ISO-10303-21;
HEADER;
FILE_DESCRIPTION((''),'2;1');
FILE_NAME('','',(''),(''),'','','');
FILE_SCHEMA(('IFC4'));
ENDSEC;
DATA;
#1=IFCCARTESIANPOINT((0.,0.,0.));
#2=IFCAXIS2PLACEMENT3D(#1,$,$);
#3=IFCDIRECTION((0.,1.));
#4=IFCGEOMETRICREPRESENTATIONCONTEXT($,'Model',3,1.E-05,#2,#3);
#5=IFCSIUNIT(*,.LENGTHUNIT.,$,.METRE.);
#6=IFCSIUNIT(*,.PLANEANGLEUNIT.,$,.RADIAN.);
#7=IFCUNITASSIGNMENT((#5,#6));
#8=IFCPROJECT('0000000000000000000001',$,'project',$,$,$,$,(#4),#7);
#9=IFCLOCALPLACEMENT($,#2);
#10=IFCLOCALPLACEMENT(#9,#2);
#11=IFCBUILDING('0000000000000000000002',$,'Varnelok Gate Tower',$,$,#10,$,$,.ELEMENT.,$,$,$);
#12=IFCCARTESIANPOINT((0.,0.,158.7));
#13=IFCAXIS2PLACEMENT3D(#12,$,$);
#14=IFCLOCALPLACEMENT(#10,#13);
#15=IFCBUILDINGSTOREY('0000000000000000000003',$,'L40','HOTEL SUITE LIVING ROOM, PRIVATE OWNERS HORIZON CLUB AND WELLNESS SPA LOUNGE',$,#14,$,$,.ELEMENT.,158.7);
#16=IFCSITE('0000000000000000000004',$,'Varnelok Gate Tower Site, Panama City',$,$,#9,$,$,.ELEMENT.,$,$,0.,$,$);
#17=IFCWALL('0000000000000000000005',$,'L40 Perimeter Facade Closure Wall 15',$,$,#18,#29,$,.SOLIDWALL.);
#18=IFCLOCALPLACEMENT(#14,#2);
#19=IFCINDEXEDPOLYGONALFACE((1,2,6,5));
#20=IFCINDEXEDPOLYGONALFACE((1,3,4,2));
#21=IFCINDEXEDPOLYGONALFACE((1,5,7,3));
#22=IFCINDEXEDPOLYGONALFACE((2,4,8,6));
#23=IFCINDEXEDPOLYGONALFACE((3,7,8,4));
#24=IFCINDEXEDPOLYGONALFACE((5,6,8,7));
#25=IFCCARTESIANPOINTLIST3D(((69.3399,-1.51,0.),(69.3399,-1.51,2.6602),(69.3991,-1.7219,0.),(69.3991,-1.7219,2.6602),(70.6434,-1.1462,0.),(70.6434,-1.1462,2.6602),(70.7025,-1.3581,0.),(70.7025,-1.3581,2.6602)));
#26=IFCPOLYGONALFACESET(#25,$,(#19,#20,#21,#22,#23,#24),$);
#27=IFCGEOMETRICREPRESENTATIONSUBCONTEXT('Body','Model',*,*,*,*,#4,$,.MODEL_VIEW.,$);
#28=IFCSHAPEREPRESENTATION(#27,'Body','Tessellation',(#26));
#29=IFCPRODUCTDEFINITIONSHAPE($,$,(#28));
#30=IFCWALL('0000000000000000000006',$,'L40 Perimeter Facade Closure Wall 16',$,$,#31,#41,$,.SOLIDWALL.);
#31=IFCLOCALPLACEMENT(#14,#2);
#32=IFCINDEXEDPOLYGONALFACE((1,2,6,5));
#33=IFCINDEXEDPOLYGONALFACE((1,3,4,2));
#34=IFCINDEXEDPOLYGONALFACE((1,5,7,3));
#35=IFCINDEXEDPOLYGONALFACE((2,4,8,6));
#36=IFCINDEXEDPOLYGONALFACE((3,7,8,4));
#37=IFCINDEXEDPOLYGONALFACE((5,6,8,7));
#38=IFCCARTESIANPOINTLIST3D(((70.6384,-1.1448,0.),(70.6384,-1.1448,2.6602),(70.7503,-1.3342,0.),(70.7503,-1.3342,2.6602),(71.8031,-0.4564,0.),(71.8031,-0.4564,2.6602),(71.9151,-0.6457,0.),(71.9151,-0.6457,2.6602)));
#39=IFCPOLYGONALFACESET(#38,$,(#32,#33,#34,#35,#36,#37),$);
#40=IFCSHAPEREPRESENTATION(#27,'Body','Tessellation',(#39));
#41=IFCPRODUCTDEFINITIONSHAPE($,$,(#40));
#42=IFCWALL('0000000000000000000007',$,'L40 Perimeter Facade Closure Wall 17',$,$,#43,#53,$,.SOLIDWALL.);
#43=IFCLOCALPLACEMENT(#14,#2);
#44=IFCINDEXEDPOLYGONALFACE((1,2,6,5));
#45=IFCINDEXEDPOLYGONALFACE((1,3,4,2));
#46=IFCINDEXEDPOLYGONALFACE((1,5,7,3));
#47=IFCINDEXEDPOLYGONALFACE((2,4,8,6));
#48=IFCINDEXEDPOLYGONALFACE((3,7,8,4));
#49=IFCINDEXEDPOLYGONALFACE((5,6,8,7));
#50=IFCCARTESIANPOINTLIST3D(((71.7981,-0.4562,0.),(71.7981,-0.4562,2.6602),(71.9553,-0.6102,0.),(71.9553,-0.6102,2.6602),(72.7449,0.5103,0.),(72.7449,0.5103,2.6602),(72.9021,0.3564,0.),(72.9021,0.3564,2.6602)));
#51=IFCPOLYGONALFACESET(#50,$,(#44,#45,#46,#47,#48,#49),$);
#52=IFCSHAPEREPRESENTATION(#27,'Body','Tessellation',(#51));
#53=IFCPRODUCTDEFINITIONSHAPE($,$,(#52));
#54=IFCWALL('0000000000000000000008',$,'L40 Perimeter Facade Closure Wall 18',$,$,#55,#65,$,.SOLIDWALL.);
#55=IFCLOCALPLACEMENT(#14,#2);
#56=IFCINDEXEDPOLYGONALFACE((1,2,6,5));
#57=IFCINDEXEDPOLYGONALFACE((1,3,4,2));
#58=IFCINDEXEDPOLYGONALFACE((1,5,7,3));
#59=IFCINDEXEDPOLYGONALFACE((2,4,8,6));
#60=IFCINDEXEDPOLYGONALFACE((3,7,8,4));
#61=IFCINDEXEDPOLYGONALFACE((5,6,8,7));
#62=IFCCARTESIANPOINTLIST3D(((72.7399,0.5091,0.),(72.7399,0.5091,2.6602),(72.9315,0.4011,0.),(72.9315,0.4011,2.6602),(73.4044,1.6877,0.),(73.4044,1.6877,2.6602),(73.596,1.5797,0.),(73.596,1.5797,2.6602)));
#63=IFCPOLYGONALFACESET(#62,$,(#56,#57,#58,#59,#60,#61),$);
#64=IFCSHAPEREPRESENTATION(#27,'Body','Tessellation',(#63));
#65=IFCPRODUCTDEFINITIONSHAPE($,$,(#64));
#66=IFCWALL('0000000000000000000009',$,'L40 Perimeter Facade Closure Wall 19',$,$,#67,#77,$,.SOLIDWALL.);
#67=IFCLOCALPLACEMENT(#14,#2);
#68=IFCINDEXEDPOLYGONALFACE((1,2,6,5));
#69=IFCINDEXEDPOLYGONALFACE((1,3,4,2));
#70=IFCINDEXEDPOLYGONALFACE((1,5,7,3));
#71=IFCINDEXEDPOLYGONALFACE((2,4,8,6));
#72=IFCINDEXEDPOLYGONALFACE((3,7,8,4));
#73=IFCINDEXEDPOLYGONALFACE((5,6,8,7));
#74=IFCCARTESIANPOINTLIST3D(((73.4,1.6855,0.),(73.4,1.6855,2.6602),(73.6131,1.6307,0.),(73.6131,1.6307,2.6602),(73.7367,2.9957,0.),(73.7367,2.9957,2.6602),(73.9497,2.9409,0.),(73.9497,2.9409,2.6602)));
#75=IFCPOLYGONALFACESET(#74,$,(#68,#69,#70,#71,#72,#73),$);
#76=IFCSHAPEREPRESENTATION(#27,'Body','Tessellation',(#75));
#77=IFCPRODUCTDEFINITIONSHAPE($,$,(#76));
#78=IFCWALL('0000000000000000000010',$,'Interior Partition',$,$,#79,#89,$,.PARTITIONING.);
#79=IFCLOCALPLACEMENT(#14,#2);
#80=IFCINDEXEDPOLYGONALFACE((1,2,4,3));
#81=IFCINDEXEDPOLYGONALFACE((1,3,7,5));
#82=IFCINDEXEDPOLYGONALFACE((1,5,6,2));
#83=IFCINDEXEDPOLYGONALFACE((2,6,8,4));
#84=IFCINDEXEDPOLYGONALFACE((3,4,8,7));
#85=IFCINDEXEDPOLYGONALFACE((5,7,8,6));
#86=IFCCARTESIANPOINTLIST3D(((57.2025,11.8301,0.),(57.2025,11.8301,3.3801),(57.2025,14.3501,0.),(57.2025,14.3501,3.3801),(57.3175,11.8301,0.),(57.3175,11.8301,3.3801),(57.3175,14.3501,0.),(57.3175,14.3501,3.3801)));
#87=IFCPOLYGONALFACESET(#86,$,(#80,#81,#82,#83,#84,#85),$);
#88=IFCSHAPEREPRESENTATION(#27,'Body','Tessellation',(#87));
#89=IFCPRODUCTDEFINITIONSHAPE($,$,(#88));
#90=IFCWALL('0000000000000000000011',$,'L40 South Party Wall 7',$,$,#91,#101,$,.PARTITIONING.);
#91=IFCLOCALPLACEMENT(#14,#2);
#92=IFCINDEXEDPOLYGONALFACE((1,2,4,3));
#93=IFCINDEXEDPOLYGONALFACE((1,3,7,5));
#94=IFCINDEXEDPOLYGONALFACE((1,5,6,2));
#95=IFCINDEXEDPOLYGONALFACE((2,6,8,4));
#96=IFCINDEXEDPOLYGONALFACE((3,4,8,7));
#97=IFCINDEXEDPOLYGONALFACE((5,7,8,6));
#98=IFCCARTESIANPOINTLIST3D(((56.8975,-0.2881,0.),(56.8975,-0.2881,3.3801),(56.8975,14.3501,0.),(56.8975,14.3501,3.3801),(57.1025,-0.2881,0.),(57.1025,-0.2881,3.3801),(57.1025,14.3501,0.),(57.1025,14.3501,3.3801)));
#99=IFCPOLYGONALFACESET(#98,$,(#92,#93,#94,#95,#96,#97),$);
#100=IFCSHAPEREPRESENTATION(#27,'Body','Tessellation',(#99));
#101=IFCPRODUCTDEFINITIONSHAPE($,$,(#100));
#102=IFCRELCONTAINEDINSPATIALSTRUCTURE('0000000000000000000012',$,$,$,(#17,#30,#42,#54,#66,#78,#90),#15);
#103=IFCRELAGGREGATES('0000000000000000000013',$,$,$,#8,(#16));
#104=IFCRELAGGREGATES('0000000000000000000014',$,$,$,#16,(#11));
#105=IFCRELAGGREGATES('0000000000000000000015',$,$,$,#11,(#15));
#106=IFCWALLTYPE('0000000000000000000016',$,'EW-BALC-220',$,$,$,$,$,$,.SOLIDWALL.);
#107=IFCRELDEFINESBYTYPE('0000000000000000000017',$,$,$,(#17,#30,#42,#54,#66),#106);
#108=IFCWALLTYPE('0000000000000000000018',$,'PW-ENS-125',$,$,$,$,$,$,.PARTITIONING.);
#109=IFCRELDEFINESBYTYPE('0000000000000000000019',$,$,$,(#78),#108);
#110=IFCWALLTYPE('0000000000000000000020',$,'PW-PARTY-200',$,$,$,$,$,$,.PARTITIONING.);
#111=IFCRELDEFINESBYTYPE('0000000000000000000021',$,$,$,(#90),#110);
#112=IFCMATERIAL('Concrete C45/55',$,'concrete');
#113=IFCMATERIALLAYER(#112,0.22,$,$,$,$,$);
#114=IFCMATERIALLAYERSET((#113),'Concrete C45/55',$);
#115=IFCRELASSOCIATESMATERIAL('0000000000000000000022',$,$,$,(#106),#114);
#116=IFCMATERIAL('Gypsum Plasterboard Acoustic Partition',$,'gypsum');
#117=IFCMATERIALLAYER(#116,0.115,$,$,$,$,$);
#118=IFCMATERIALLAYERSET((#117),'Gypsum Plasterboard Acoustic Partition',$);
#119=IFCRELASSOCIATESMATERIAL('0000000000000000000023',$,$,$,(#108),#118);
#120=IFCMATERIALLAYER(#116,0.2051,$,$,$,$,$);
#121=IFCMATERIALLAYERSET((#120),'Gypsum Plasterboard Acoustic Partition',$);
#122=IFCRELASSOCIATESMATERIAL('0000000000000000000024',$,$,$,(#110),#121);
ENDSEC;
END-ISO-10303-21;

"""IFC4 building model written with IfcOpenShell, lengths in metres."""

from ifc_helpers import new_model, si_unit, direction, frame, frame_2d, origin, place, context, subcontext, project, spatial, rectangle, extrude, material, layer, layer_set, type_object, element, save


model = new_model("IFC4")

# Units and contexts
model_context = context("Model", 3, precision=1e-05, world=origin(), true_north=direction((0.0, 1.0)))
body_context = subcontext(model_context, "Body", "Model", "MODEL_VIEW")
ifc_project = project(units=[si_unit("LENGTHUNIT", "METRE"), si_unit("PLANEANGLEUNIT", "RADIAN")], contexts=[model_context])

# Site, building, storey
site_placement = place(None, origin())
site = spatial("IfcSite", under=ifc_project, at=site_placement, Name="Varnelok Gate Tower Site, Panama City", CompositionType="ELEMENT", RefElevation=0.0)
building_placement = place(site_placement, origin())
building = spatial("IfcBuilding", under=site, at=building_placement, Name="Varnelok Gate Tower", CompositionType="ELEMENT")
storey_placement = place(building_placement, frame((0.0, 0.0, 158.7)))
storey = spatial("IfcBuildingStorey", under=building, at=storey_placement, Name="L40", Description="HOTEL SUITE LIVING ROOM, PRIVATE OWNERS HORIZON CLUB AND WELLNESS SPA LOUNGE", CompositionType="ELEMENT", Elevation=158.7)

# Walls
ifc_material_1 = material(Name="Concrete C45/55", Category="concrete")
ifc_layer_1 = layer(ifc_material_1, 0.22)
ifc_layer_set_1 = layer_set([ifc_layer_1], Name="Concrete C45/55")
wall_type_1 = type_object("IfcWallType", Name="EW-BALC-220", PredefinedType="SOLIDWALL", material=ifc_layer_set_1)
wall_1_placement = place(storey_placement, frame((69.3694, -1.616, 0.0), z_axis=(0.0, 0.0, 1.0), x_axis=(0.963194, 0.268807, 0.0)))
element("IfcWall", 1, at=wall_1_placement, inside=storey, type_object=wall_type_1, Name="L40 Perimeter Facade Closure Wall 15", PredefinedType="SOLIDWALL", context=body_context, shape_type="SweptSolid", body=[
    extrude(rectangle(XDim=1.3533, YDim=0.22, at=frame_2d((0.6768, 0.0))), origin(), (0.0, 0.0, 1.0), 2.6602),
])
for number, where, z_axis, x_axis, name in (
    (2, (70.6943, -1.2395, 0.0), (0.0, 0.0, 1.0), (0.860865, 0.508833, 0.0), "L40 Perimeter Facade Closure Wall 16"),
    (3, (71.8767, -0.5332, 0.0), (0.0, 0.0, 1.0), (0.699761, 0.714377, 0.0), "L40 Perimeter Facade Closure Wall 17"),
    (4, (72.8357, 0.4551, 0.0), (0.0, 0.0, 1.0), (0.491118, 0.871093, 0.0), "L40 Perimeter Facade Closure Wall 18"),
):
    element("IfcWall", number, at=place(storey_placement, frame(where, z_axis=z_axis, x_axis=x_axis)), inside=storey, type_object=wall_type_1, Name=name, PredefinedType="SOLIDWALL", context=body_context, shape_type="SweptSolid", body=[
        extrude(rectangle(XDim=1.353, YDim=0.22, at=frame_2d((0.6765, 0.0))), origin(), (0.0, 0.0, 1.0), 2.6602),
    ])
wall_2_placement = place(storey_placement, frame((73.5066, 1.6582, 0.0), z_axis=(0.0, 0.0, 1.0), x_axis=(0.248857, 0.96854, 0.0)))
element("IfcWall", 5, at=wall_2_placement, inside=storey, type_object=wall_type_1, Name="L40 Perimeter Facade Closure Wall 19", PredefinedType="SOLIDWALL", context=body_context, shape_type="SweptSolid", body=[
    extrude(rectangle(XDim=1.3528, YDim=0.22, at=frame_2d((0.6763, 0.0))), origin(), (0.0, 0.0, 1.0), 2.6602),
])
ifc_material_2 = material(Name="Gypsum Plasterboard Acoustic Partition", Category="gypsum")
ifc_layer_2 = layer(ifc_material_2, 0.115)
ifc_layer_set_2 = layer_set([ifc_layer_2], Name="Gypsum Plasterboard Acoustic Partition")
wall_type_2 = type_object("IfcWallType", Name="PW-ENS-125", PredefinedType="PARTITIONING", material=ifc_layer_set_2)
wall_3_placement = place(storey_placement, frame((57.26, 11.8301, 0.0), z_axis=(0.0, 0.0, 1.0), x_axis=(0.0, 1.0, 0.0)))
element("IfcWall", 6, at=wall_3_placement, inside=storey, type_object=wall_type_2, Name="Interior Partition", PredefinedType="PARTITIONING", context=body_context, shape_type="SweptSolid", body=[
    extrude(rectangle(XDim=2.52, YDim=0.115, at=frame_2d((1.26, 0.0))), origin(), (0.0, 0.0, 1.0), 3.3801),
])
ifc_layer_3 = layer(ifc_material_2, 0.2051)
ifc_layer_set_3 = layer_set([ifc_layer_3], Name="Gypsum Plasterboard Acoustic Partition")
wall_type_3 = type_object("IfcWallType", Name="PW-PARTY-200", PredefinedType="PARTITIONING", material=ifc_layer_set_3)
wall_4_placement = place(storey_placement, frame((57.0, -0.2881, 0.0), z_axis=(0.0, 0.0, 1.0), x_axis=(0.0, 1.0, 0.0)))
element("IfcWall", 7, at=wall_4_placement, inside=storey, type_object=wall_type_3, Name="L40 South Party Wall 7", PredefinedType="PARTITIONING", context=body_context, shape_type="SweptSolid", body=[
    extrude(rectangle(XDim=14.6382, YDim=0.2051, at=frame_2d((7.3191, 0.0))), origin(), (0.0, 0.0, 1.0), 3.3801),
])

save(model, "model.ifc")
